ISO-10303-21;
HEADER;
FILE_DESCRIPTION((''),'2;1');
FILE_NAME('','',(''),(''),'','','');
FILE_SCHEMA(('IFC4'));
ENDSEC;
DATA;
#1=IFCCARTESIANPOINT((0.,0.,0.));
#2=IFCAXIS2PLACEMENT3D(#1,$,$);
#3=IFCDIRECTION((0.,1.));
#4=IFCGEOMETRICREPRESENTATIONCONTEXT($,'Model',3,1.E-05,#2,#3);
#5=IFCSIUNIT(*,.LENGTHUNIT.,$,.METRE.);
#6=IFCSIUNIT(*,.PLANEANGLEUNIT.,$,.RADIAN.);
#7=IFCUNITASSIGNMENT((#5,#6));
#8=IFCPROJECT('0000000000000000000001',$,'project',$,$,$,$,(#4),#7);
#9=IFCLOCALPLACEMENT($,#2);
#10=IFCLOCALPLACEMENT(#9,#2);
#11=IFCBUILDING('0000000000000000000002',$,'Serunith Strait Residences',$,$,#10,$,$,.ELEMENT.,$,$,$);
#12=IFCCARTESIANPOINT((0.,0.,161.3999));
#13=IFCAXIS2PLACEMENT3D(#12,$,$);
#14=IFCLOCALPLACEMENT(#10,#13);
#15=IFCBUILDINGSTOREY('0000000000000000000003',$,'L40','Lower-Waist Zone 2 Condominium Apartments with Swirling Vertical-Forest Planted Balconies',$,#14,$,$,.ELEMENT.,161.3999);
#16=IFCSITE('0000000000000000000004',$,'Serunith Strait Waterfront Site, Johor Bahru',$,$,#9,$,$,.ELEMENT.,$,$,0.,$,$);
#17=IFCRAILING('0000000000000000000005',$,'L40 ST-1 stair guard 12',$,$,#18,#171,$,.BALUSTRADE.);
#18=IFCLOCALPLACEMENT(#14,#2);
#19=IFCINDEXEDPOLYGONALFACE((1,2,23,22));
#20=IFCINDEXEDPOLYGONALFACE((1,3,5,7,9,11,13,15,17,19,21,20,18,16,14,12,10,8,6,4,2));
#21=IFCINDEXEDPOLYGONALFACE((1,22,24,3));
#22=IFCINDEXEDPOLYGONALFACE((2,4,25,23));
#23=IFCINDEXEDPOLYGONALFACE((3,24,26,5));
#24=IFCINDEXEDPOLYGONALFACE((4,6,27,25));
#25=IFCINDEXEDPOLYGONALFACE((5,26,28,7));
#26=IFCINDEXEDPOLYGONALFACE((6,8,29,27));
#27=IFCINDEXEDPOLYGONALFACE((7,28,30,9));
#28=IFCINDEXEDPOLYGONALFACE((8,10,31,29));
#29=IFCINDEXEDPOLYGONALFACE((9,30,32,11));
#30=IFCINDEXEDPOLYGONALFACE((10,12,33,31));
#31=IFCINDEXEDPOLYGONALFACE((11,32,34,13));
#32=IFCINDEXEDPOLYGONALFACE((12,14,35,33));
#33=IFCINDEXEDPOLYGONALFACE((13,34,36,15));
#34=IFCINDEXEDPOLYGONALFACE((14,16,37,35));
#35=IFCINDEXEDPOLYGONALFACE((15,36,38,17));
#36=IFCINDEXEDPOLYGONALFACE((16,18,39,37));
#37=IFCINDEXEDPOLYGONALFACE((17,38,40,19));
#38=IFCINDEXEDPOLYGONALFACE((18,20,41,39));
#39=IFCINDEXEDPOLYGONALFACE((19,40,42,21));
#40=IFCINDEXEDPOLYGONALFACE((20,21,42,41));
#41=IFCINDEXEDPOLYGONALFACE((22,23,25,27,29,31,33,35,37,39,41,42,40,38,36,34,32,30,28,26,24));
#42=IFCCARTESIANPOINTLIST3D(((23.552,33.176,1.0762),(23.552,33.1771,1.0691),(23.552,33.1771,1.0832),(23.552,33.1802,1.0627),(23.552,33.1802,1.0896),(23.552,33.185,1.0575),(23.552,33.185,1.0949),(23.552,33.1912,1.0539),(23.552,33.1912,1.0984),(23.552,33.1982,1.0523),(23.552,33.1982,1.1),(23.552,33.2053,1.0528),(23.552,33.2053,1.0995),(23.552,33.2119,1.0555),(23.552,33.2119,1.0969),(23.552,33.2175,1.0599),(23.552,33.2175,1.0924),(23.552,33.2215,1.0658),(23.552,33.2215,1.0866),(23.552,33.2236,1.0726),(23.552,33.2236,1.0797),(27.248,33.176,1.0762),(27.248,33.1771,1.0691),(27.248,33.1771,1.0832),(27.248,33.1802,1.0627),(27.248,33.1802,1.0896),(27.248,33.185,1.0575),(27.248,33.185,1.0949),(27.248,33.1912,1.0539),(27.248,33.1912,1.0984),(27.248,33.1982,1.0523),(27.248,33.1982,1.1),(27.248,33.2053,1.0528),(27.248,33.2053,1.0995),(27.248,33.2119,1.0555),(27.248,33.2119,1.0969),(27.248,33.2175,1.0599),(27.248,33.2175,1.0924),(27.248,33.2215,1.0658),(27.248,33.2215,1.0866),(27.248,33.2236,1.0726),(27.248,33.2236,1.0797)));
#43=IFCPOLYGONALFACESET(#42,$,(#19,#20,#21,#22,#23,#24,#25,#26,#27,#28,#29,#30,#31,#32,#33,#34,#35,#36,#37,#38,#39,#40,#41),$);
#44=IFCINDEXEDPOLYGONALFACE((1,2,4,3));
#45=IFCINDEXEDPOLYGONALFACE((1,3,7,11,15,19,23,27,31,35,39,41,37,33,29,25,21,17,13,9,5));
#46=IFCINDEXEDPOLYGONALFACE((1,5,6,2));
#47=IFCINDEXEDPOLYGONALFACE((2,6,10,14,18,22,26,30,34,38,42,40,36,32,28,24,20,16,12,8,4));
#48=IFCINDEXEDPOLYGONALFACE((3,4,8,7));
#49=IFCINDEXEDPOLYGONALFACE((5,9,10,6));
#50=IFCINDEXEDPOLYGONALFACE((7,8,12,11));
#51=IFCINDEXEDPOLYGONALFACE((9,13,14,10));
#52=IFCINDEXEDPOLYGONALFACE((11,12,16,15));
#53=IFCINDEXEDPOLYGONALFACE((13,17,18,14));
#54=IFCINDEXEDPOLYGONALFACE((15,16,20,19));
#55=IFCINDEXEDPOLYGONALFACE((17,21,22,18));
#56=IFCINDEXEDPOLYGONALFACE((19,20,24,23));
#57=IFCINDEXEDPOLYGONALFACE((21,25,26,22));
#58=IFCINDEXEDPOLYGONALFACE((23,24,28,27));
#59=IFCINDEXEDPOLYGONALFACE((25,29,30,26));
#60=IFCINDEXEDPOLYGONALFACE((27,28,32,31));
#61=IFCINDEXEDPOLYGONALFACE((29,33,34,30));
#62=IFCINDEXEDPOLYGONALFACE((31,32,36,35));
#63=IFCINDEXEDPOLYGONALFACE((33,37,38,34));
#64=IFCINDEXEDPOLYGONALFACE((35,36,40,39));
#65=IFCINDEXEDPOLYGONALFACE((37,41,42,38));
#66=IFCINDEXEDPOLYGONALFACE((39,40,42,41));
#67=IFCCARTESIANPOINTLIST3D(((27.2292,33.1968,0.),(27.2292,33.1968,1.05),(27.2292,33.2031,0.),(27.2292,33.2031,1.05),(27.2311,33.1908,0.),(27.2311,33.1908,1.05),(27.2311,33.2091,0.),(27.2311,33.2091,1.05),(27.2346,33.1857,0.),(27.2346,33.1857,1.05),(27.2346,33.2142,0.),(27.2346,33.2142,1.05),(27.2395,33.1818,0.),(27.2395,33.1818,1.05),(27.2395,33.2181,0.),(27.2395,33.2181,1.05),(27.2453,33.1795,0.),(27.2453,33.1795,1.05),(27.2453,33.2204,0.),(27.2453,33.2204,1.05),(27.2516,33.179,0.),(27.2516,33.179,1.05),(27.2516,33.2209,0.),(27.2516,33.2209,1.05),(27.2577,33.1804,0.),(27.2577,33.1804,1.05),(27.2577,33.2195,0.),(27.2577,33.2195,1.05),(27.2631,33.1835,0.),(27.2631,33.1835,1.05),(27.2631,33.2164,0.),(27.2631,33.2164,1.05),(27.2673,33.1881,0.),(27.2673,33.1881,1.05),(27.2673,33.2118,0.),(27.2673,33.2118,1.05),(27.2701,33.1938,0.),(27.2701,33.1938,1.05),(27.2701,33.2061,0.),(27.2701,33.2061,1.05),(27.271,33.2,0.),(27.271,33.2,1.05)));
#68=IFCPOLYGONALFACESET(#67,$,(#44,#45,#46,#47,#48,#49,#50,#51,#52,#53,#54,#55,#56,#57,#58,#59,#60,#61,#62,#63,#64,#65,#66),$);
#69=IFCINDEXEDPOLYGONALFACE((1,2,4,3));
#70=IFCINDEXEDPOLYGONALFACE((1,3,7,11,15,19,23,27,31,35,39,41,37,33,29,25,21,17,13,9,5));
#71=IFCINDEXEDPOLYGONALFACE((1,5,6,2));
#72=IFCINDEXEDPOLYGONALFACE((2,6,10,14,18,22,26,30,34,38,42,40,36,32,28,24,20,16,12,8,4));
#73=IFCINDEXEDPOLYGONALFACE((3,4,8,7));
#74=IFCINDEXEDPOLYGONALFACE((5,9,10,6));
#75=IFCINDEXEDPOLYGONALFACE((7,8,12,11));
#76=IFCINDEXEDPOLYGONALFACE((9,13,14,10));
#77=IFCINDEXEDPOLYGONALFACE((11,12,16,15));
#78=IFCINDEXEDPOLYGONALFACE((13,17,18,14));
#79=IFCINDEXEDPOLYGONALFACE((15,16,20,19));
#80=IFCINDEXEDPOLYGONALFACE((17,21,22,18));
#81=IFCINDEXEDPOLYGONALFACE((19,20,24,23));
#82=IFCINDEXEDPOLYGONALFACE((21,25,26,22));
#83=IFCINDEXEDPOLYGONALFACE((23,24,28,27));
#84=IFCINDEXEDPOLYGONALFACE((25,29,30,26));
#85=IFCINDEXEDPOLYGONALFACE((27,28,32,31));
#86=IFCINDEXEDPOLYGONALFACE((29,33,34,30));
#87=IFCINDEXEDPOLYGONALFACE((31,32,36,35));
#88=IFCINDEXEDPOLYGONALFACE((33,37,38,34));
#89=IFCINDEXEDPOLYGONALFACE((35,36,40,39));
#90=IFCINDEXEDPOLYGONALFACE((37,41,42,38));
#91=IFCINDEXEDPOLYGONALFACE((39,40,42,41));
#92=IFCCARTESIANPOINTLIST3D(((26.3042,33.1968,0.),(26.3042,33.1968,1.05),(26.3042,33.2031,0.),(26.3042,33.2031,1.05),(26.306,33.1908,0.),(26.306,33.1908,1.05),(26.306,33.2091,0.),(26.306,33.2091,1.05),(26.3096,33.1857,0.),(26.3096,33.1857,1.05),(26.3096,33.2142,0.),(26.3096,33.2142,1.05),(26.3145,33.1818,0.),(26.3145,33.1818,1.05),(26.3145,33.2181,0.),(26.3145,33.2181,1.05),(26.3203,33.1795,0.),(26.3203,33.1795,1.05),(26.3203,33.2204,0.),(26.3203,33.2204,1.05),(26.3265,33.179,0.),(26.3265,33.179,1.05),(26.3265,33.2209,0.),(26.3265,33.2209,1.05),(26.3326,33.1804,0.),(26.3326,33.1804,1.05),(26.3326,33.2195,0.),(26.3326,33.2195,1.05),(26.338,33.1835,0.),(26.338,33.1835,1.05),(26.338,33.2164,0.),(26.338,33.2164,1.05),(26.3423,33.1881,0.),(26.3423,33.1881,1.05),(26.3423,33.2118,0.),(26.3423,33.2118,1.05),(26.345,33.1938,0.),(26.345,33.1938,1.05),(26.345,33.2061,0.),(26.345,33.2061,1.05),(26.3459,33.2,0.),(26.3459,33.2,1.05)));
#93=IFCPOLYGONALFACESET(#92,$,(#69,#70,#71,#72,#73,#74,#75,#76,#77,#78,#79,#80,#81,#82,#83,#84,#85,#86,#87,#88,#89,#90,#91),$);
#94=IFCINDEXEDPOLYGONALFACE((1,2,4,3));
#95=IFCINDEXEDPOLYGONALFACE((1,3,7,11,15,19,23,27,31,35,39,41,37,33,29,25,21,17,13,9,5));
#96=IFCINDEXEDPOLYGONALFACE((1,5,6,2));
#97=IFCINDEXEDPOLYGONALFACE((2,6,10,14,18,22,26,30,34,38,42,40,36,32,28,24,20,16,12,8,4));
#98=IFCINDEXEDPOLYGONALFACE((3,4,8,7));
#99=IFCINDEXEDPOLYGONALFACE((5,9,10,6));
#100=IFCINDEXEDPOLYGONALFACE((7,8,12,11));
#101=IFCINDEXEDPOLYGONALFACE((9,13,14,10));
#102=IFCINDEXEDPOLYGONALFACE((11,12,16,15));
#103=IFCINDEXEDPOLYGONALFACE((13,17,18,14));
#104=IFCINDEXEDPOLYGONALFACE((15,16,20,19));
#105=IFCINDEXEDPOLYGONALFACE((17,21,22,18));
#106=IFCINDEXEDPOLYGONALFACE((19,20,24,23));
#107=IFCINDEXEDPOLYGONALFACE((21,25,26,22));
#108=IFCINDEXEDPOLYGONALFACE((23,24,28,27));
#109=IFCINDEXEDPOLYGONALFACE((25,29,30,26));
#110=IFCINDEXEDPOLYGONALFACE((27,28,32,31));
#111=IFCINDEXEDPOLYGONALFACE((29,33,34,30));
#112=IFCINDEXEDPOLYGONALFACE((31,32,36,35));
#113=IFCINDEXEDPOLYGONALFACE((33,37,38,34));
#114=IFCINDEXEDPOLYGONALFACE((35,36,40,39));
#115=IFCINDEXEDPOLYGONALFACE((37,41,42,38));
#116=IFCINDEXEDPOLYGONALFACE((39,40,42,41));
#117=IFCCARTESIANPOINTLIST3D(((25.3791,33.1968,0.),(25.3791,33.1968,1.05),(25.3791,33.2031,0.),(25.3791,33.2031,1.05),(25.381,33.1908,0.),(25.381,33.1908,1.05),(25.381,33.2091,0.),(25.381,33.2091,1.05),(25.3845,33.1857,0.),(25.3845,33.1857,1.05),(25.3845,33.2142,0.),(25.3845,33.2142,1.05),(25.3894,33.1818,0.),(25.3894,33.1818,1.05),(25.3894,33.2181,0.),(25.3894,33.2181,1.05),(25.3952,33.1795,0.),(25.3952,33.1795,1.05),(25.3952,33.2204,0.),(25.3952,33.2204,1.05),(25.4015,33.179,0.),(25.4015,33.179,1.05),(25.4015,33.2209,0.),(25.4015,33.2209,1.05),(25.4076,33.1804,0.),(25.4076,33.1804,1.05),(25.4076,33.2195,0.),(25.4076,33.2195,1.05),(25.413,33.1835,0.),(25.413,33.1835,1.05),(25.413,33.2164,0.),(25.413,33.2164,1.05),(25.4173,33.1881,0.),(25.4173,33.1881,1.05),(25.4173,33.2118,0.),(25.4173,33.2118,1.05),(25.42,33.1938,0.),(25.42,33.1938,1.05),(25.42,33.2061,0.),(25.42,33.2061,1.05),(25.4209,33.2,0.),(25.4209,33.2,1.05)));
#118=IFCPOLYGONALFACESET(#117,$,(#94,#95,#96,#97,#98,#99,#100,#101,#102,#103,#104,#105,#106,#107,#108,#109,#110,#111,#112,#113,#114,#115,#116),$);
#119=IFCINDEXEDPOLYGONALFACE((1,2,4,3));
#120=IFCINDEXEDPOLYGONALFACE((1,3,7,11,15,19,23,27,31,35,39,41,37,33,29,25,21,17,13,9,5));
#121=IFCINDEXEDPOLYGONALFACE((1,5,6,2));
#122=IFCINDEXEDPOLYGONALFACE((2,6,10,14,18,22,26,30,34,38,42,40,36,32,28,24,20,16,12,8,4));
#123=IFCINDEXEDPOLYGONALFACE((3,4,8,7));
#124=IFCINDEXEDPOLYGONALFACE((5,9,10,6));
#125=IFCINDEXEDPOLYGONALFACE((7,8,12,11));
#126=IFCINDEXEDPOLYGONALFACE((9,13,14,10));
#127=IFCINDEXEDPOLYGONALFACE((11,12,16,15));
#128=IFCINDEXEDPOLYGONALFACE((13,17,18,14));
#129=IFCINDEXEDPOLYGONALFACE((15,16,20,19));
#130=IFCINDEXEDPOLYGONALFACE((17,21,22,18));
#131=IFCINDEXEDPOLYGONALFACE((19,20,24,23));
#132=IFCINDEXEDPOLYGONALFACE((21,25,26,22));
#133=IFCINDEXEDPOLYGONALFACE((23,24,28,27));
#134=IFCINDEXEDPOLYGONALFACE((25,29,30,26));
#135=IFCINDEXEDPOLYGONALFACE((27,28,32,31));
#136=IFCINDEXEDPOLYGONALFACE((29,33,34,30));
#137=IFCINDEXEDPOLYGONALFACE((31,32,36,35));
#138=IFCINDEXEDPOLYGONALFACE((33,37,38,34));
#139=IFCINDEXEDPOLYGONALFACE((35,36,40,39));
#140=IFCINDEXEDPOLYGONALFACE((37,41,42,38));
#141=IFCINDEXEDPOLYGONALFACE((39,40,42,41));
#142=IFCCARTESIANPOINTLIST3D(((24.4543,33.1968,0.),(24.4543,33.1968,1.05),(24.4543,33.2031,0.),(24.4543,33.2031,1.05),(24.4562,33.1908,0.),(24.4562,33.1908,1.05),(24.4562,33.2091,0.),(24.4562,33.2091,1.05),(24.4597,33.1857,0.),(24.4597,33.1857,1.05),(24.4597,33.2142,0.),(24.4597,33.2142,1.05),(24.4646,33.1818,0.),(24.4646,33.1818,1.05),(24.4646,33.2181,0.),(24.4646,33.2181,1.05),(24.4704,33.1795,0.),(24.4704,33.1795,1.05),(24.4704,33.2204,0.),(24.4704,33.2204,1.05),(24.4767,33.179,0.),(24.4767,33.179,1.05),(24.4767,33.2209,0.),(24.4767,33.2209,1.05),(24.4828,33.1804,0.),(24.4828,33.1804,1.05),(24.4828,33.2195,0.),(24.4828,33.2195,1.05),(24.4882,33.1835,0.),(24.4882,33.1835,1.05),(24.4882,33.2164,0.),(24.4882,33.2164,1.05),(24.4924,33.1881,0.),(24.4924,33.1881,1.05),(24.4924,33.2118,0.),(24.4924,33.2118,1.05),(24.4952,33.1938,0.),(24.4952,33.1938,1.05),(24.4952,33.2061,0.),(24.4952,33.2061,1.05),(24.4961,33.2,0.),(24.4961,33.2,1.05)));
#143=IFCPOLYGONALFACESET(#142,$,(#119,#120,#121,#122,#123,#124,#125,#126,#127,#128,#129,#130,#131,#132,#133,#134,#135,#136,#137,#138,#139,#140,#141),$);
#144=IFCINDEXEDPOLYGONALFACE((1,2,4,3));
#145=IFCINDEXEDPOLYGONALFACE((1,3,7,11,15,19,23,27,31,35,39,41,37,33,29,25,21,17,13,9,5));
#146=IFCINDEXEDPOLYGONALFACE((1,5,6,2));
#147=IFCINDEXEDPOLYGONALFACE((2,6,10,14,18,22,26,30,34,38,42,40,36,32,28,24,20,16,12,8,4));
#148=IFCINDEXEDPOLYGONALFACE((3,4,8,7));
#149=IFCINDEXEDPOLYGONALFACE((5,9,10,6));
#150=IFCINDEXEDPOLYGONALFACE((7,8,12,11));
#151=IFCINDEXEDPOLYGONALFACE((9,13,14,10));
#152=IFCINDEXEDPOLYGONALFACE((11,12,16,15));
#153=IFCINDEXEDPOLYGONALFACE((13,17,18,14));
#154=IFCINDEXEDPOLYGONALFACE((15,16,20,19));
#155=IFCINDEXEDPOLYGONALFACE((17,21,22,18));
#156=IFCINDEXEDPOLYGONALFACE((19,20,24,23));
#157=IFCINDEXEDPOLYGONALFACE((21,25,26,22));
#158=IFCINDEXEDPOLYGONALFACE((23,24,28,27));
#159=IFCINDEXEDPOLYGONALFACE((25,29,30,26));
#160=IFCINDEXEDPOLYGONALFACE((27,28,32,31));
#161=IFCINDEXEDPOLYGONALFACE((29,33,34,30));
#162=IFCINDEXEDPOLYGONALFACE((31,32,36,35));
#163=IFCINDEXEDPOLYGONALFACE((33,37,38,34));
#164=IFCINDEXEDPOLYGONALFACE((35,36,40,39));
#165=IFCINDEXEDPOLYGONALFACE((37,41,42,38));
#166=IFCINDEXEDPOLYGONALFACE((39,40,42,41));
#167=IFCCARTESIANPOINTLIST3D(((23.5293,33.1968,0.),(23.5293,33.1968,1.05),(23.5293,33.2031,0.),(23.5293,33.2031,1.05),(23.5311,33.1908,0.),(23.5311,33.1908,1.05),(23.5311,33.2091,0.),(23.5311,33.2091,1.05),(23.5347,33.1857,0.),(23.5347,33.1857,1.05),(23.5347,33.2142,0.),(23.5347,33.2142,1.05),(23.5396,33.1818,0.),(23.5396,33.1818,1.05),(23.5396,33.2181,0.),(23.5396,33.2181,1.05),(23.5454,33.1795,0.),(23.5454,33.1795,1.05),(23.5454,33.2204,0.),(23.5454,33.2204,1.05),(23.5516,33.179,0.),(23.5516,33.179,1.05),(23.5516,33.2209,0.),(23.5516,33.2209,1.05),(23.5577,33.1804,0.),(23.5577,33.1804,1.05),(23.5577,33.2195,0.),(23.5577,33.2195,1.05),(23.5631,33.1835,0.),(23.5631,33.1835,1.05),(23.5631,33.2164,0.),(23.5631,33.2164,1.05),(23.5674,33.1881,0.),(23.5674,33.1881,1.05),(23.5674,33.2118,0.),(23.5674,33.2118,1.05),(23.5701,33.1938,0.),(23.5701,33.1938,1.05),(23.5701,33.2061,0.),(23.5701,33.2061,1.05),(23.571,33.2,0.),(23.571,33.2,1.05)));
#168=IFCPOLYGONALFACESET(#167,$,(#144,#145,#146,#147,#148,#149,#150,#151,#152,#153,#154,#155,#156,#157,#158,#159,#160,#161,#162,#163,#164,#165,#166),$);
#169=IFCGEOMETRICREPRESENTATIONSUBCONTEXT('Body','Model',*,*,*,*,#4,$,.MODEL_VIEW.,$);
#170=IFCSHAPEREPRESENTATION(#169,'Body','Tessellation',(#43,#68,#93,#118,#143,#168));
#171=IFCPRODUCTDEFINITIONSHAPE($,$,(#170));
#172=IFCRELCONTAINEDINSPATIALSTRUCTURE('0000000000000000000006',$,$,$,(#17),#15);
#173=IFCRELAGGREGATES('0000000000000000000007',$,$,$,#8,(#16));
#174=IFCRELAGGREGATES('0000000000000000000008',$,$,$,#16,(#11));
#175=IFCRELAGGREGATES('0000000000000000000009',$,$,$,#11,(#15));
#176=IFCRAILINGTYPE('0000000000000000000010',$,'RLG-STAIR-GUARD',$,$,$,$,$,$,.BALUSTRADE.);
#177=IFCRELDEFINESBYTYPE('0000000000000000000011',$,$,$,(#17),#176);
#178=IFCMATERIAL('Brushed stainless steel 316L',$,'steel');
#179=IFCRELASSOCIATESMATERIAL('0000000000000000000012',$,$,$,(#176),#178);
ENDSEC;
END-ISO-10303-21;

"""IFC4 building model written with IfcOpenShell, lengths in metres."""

from ifc_helpers import new_model, si_unit, direction, frame, origin, origin_2d, place, context, subcontext, project, spatial, circle, extrude, material, type_object, element, save


model = new_model("IFC4")

# Units and contexts
model_context = context("Model", 3, precision=1e-05, world=origin(), true_north=direction((0.0, 1.0)))
body_context = subcontext(model_context, "Body", "Model", "MODEL_VIEW")
ifc_project = project(units=[si_unit("LENGTHUNIT", "METRE"), si_unit("PLANEANGLEUNIT", "RADIAN")], contexts=[model_context])

# Site, building, storey
site_placement = place(None, origin())
site = spatial("IfcSite", under=ifc_project, at=site_placement, Name="Serunith Strait Waterfront Site, Johor Bahru", CompositionType="ELEMENT", RefElevation=0.0)
building_placement = place(site_placement, origin())
building = spatial("IfcBuilding", under=site, at=building_placement, Name="Serunith Strait Residences", CompositionType="ELEMENT")
storey_placement = place(building_placement, frame((0.0, 0.0, 161.3999)))
storey = spatial("IfcBuildingStorey", under=building, at=storey_placement, Name="L40", Description="Lower-Waist Zone 2 Condominium Apartments with Swirling Vertical-Forest Planted Balconies", CompositionType="ELEMENT", Elevation=161.3999)

# Railing
ifc_material_1 = material(Name="Brushed stainless steel 316L", Category="steel")
railing_type_1 = type_object("IfcRailingType", Name="RLG-STAIR-GUARD", PredefinedType="BALUSTRADE", material=ifc_material_1)
railing_1_placement = place(storey_placement, frame((27.25, 33.2, 0.0)))
element("IfcRailing", 1, at=railing_1_placement, inside=storey, type_object=railing_type_1, Name="L40 ST-1 stair guard 12", PredefinedType="BALUSTRADE", context=body_context, shape_type="SweptSolid", body=[
    extrude(circle(Radius=0.0239, at=origin_2d()), frame((-0.002, 0.0, 1.0762), z_axis=(-1.0, 0.0, 0.0), x_axis=(0.0, -1.0, 0.0)), (0.0, 0.0, 1.0), 3.696),
    extrude(circle(Radius=0.021, at=origin_2d()), origin(), (0.0, 0.0, 1.0), 1.05),
    extrude(circle(Radius=0.021, at=origin_2d()), frame((-0.925, 0.0, 0.0)), (0.0, 0.0, 1.0), 1.05),
    extrude(circle(Radius=0.021, at=origin_2d()), frame((-1.8501, 0.0, 0.0)), (0.0, 0.0, 1.0), 1.05),
    extrude(circle(Radius=0.021, at=origin_2d()), frame((-2.7749, 0.0, 0.0)), (0.0, 0.0, 1.0), 1.05),
    extrude(circle(Radius=0.021, at=origin_2d()), frame((-3.7, 0.0, 0.0)), (0.0, 0.0, 1.0), 1.05),
])

save(model, "model.ifc")
